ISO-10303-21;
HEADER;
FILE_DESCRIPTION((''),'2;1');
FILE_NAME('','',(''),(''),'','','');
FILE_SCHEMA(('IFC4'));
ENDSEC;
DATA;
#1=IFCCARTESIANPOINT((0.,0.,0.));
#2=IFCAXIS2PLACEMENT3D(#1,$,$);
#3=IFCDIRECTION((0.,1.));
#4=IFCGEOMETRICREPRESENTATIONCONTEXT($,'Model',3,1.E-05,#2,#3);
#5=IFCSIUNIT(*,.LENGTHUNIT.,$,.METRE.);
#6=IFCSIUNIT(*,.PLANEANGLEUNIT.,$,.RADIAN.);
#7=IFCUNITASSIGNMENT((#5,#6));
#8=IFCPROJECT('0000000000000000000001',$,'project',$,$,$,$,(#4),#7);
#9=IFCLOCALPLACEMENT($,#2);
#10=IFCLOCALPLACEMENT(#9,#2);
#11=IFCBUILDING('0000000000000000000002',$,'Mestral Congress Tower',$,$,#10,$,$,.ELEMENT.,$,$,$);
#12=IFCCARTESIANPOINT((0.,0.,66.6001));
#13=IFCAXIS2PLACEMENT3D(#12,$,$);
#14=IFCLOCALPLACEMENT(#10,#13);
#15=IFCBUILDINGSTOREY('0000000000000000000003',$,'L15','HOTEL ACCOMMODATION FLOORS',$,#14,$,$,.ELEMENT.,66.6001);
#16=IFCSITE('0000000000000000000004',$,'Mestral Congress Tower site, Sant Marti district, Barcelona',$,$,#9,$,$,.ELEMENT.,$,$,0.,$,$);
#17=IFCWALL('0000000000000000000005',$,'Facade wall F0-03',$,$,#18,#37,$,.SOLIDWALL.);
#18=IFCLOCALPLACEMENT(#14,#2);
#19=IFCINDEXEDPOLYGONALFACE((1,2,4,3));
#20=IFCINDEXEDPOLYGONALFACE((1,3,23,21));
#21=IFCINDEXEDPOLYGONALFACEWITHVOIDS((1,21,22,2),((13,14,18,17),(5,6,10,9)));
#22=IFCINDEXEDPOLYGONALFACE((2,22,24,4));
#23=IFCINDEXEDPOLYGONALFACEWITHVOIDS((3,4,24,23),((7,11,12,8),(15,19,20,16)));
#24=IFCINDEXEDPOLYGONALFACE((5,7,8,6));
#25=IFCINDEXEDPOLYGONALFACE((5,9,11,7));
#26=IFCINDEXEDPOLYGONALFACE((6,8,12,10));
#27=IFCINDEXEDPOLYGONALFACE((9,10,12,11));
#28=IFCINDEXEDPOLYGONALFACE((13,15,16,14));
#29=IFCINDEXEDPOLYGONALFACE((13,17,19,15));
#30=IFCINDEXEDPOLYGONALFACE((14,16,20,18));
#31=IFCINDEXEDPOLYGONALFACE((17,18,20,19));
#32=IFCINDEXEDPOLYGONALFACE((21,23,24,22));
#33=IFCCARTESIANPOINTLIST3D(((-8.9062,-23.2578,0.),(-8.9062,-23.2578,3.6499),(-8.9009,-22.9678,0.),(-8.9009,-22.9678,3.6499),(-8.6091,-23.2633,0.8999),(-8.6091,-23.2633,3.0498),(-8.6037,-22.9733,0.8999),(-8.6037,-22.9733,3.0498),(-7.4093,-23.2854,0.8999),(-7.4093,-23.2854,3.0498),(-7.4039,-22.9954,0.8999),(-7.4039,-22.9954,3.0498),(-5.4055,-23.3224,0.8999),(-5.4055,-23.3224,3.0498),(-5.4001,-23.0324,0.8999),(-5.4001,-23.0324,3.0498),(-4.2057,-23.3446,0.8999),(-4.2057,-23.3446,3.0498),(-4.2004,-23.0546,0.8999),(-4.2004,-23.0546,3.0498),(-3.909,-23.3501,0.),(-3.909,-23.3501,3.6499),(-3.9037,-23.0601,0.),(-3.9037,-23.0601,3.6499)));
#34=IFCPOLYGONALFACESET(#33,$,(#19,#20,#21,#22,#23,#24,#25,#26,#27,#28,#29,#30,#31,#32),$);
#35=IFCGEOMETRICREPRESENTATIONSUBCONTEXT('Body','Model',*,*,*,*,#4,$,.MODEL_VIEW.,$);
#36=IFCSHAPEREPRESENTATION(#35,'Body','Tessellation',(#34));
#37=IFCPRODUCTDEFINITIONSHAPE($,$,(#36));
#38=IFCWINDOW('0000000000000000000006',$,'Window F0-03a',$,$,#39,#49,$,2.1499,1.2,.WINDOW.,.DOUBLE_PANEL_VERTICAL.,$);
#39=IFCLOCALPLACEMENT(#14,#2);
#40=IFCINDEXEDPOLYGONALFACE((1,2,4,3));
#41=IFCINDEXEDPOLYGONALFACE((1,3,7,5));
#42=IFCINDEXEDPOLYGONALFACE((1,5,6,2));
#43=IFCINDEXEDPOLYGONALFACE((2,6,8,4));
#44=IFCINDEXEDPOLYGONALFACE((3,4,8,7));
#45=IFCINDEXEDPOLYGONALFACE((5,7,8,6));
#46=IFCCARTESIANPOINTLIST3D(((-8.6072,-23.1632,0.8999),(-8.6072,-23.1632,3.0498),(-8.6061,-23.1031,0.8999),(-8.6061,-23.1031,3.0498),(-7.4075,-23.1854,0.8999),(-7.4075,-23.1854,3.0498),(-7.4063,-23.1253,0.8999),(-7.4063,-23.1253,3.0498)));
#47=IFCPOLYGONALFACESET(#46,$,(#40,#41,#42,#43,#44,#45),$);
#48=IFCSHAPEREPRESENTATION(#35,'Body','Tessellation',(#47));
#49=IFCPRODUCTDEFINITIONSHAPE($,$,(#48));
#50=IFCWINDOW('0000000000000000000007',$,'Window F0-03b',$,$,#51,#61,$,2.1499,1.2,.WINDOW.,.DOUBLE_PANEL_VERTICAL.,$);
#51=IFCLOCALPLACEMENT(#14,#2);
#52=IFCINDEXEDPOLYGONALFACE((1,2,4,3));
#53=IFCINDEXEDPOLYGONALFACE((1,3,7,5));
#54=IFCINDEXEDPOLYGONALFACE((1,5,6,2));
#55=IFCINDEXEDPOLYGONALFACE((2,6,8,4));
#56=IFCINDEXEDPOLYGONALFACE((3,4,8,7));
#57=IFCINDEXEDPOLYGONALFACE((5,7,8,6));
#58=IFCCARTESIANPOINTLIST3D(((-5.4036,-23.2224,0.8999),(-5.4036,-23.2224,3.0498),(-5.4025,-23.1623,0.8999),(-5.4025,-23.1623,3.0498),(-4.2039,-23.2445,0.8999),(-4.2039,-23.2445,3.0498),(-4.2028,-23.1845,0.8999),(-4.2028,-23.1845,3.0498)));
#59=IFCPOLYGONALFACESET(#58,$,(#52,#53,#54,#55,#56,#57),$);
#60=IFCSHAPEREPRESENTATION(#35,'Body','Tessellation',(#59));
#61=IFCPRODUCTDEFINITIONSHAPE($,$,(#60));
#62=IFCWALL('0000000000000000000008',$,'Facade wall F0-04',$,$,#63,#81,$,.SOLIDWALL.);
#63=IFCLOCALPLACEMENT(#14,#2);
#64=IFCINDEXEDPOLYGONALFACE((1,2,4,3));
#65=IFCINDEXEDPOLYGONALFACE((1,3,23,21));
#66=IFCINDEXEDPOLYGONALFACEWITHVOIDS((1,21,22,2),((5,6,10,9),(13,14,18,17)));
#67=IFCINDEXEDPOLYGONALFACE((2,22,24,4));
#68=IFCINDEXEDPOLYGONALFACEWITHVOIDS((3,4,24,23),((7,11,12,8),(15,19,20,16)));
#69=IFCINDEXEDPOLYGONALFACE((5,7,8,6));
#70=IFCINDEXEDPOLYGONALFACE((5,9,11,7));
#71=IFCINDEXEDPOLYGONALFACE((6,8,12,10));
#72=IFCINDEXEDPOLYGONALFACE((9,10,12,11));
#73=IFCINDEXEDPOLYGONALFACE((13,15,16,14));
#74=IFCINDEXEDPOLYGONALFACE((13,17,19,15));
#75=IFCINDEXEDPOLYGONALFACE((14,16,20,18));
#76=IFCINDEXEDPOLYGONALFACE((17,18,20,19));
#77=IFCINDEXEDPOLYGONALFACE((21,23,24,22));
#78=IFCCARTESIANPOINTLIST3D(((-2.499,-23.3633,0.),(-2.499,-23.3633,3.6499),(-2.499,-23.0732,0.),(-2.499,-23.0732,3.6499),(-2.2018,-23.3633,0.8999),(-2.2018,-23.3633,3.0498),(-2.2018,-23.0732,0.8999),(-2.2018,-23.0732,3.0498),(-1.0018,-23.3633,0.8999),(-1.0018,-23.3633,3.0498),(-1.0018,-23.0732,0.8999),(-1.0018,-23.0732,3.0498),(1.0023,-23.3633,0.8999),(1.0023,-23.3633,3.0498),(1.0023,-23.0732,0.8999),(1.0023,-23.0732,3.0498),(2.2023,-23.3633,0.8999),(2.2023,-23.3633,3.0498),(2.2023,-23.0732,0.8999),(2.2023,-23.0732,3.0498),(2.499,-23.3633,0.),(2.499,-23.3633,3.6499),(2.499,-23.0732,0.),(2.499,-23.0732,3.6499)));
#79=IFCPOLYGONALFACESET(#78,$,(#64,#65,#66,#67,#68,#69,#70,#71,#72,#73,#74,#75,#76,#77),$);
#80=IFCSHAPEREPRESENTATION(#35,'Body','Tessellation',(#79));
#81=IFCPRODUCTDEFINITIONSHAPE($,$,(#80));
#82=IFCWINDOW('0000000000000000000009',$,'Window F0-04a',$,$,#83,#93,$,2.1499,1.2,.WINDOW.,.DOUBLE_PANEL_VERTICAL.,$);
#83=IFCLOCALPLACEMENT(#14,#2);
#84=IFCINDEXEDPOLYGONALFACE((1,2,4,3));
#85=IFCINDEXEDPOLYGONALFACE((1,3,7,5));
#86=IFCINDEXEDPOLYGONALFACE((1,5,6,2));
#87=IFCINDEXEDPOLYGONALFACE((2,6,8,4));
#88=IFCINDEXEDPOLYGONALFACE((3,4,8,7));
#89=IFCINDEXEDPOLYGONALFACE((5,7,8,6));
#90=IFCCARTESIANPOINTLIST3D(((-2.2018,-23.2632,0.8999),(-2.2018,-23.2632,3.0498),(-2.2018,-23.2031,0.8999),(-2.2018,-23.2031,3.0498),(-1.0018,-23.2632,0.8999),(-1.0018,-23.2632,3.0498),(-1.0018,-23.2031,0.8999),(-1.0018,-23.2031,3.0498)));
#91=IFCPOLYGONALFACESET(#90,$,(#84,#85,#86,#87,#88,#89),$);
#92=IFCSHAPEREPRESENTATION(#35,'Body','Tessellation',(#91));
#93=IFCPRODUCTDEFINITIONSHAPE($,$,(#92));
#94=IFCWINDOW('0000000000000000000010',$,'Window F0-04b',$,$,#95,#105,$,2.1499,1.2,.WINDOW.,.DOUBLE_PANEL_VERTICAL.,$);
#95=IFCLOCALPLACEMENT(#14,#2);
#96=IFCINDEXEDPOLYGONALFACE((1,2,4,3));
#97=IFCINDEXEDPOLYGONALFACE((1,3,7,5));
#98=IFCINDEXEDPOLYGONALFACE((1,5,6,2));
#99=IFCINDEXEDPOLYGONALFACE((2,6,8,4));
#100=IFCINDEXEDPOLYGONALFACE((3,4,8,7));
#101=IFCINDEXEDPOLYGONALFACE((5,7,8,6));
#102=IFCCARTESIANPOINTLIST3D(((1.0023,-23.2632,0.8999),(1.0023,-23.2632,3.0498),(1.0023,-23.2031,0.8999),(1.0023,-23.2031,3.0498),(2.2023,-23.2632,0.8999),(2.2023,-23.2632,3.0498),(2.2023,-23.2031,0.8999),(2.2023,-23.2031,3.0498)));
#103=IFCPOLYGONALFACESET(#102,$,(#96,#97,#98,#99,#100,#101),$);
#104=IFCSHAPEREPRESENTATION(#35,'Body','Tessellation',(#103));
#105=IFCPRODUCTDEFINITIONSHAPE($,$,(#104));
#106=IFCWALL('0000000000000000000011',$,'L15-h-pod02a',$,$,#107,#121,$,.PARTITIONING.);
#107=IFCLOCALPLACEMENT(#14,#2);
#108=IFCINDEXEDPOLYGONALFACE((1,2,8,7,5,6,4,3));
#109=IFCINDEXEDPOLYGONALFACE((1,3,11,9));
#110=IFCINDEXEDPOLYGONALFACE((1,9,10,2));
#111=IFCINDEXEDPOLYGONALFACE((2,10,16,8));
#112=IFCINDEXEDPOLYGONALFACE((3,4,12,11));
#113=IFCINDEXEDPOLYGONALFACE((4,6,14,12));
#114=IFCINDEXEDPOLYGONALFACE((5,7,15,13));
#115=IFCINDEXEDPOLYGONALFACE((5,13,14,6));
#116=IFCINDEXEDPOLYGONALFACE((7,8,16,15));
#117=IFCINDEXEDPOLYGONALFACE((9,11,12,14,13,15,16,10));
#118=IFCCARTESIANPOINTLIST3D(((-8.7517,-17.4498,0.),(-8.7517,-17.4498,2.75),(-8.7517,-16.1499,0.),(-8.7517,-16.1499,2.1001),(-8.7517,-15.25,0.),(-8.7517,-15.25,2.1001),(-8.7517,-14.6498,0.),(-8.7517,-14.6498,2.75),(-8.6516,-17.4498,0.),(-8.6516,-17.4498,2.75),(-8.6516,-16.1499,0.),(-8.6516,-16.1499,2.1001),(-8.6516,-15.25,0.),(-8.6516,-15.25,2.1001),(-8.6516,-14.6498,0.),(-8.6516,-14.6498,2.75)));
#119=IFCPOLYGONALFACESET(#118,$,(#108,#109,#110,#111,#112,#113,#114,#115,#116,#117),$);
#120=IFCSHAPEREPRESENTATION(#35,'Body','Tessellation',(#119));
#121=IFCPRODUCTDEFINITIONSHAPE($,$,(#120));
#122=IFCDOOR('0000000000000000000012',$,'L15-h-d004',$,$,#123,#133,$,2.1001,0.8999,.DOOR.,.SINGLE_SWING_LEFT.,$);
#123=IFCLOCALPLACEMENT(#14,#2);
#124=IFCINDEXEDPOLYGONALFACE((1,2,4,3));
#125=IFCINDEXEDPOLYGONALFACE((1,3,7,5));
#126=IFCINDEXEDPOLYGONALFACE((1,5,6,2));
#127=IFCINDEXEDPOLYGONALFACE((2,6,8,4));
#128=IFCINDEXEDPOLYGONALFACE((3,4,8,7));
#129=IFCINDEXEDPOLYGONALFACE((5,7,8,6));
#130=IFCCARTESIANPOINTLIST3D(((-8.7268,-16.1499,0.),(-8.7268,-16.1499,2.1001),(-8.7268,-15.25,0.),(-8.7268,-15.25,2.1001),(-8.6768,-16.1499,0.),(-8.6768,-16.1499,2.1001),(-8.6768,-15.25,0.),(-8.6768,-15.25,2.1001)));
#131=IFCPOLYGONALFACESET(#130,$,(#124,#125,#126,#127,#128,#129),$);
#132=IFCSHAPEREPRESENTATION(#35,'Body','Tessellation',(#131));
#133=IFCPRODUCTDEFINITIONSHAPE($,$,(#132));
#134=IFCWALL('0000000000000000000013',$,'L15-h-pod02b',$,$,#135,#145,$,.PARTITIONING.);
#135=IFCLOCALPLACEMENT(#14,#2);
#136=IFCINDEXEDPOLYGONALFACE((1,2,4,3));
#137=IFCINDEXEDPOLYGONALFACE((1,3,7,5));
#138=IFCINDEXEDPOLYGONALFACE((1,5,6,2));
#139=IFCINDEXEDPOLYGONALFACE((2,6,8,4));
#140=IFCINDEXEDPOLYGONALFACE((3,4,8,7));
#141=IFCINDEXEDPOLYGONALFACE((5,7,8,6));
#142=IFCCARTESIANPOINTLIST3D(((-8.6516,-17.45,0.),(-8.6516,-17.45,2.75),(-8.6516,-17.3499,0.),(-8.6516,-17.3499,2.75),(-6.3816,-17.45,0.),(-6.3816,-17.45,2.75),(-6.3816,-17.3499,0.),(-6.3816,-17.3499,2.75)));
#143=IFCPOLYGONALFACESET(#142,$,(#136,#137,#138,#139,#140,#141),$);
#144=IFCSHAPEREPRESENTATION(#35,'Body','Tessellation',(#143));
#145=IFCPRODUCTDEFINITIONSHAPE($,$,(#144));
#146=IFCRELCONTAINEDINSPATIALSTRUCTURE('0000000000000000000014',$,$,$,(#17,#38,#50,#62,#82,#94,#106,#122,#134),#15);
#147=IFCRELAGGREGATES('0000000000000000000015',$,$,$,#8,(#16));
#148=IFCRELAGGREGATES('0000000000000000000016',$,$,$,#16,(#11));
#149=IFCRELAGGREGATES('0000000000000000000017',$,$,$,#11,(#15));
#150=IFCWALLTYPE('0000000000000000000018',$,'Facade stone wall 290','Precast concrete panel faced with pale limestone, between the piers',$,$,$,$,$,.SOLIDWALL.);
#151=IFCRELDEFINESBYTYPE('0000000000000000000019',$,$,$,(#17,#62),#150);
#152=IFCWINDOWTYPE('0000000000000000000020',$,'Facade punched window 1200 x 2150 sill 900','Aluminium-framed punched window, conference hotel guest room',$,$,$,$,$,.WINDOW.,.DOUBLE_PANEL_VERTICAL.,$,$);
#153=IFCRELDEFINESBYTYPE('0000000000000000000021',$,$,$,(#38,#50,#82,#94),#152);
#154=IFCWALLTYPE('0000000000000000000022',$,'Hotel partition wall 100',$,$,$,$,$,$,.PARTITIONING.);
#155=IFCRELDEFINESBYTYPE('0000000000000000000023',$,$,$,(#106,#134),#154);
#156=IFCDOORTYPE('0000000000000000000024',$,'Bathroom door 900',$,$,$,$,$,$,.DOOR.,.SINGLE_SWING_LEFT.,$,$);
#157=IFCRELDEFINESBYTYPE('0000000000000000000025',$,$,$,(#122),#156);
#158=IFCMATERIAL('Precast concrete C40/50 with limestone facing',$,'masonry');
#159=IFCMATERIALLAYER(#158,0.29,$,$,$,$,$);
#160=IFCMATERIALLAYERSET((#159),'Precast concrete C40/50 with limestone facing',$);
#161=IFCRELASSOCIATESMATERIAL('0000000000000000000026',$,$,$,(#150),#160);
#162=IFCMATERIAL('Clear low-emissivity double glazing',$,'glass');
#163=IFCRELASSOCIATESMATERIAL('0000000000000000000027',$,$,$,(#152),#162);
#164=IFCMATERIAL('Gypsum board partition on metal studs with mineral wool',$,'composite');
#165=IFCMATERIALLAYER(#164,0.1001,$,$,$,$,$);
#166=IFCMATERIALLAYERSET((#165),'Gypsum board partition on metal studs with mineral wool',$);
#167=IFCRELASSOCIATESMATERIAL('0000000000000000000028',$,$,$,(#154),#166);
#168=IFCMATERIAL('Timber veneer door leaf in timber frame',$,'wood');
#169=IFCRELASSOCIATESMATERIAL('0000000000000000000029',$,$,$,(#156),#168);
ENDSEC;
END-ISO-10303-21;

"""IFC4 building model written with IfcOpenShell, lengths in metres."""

from ifc_helpers import new_model, si_unit, direction, frame, frame_2d, origin, place, context, subcontext, project, spatial, rectangle, extrude, material, layer, layer_set, type_object, element, fill, save


model = new_model("IFC4")

# Units and contexts
model_context = context("Model", 3, precision=1e-05, world=origin(), true_north=direction((0.0, 1.0)))
body_context = subcontext(model_context, "Body", "Model", "MODEL_VIEW")
ifc_project = project(units=[si_unit("LENGTHUNIT", "METRE"), si_unit("PLANEANGLEUNIT", "RADIAN")], contexts=[model_context])

# Site, building, storey
site_placement = place(None, origin())
site = spatial("IfcSite", under=ifc_project, at=site_placement, Name="Mestral Congress Tower site, Sant Marti district, Barcelona", CompositionType="ELEMENT", RefElevation=0.0)
building_placement = place(site_placement, origin())
building = spatial("IfcBuilding", under=site, at=building_placement, Name="Mestral Congress Tower", CompositionType="ELEMENT")
storey_placement = place(building_placement, frame((0.0, 0.0, 66.6001)))
storey = spatial("IfcBuildingStorey", under=building, at=storey_placement, Name="L15", Description="HOTEL ACCOMMODATION FLOORS", CompositionType="ELEMENT", Elevation=66.6001)

# Walls, openings, windows
ifc_material_1 = material(Name="Precast concrete C40/50 with limestone facing", Category="masonry")
ifc_layer_1 = layer(ifc_material_1, 0.29)
ifc_layer_set_1 = layer_set([ifc_layer_1], Name="Precast concrete C40/50 with limestone facing")
wall_type_1 = type_object("IfcWallType", Name="Facade stone wall 290", Description="Precast concrete panel faced with pale limestone, between the piers", PredefinedType="SOLIDWALL", material=ifc_layer_set_1)
wall_1_placement = place(storey_placement, frame((-8.9036, -23.1128, 0.0), z_axis=(0.0, 0.0, 1.0), x_axis=(0.99983, -0.018464, 0.0)))
wall_1 = element("IfcWall", 1, at=wall_1_placement, inside=storey, type_object=wall_type_1, Name="Facade wall F0-03", PredefinedType="SOLIDWALL", context=body_context, shape_type="SweptSolid", body=[
    extrude(rectangle(XDim=4.998, YDim=0.29, at=frame_2d((2.499, 0.0))), origin(), (0.0, 0.0, 1.0), 3.6499),
])
opening_1_placement = place(wall_1_placement, frame((0.2971, 0.0, 0.8999)))
opening_1 = element("IfcOpeningElement", 2, at=opening_1_placement, cuts=wall_1, PredefinedType="OPENING", context=body_context, shape_type="SweptSolid", body=[
    extrude(rectangle(XDim=1.2, YDim=2.1499, at=frame_2d((0.6001, 1.075))), frame((0.0, 0.155, 0.0), z_axis=(0.0, -1.0, 0.0), x_axis=(1.0, 0.0, 0.0)), (0.0, 0.0, 1.0), 0.3101),
])
opening_2_placement = place(wall_1_placement, frame((3.5012, 0.0, 0.8999)))
opening_2 = element("IfcOpeningElement", 3, at=opening_2_placement, cuts=wall_1, PredefinedType="OPENING", context=body_context, shape_type="SweptSolid", body=[
    extrude(rectangle(XDim=1.2, YDim=2.1499, at=frame_2d((0.6001, 1.075))), frame((0.0, 0.155, 0.0), z_axis=(0.0, -1.0, 0.0), x_axis=(1.0, 0.0, 0.0)), (0.0, 0.0, 1.0), 0.3101),
])
ifc_material_2 = material(Name="Clear low-emissivity double glazing", Category="glass")
window_type = type_object("IfcWindowType", Name="Facade punched window 1200 x 2150 sill 900", Description="Aluminium-framed punched window, conference hotel guest room", PartitioningType="DOUBLE_PANEL_VERTICAL", PredefinedType="WINDOW", material=ifc_material_2)
window_1_placement = place(opening_1_placement, origin())
window_1 = element("IfcWindow", 4, at=window_1_placement, inside=storey, type_object=window_type, Name="Window F0-03a", OverallHeight=2.1499, OverallWidth=1.2, PartitioningType="DOUBLE_PANEL_VERTICAL", PredefinedType="WINDOW", context=body_context, shape_type="SweptSolid", body=[
    extrude(rectangle(XDim=1.2, YDim=2.1499, at=frame_2d((0.6001, 1.075))), frame((0.0, 0.0151, 0.0), z_axis=(0.0, -1.0, 0.0), x_axis=(1.0, 0.0, 0.0)), (0.0, 0.0, 1.0), 0.0601),
])
fill(opening_1, window_1)
window_2_placement = place(opening_2_placement, origin())
window_2 = element("IfcWindow", 5, at=window_2_placement, inside=storey, type_object=window_type, Name="Window F0-03b", OverallHeight=2.1499, OverallWidth=1.2, PartitioningType="DOUBLE_PANEL_VERTICAL", PredefinedType="WINDOW", context=body_context, shape_type="SweptSolid", body=[
    extrude(rectangle(XDim=1.2, YDim=2.1499, at=frame_2d((0.6001, 1.075))), frame((0.0, 0.0151, 0.0), z_axis=(0.0, -1.0, 0.0), x_axis=(1.0, 0.0, 0.0)), (0.0, 0.0, 1.0), 0.0601),
])
fill(opening_2, window_2)
wall_2_placement = place(storey_placement, frame((-2.499, -23.2183, 0.0), z_axis=(0.0, 0.0, 1.0), x_axis=(1.0, 0.0, 0.0)))
wall_2 = element("IfcWall", 6, at=wall_2_placement, inside=storey, type_object=wall_type_1, Name="Facade wall F0-04", PredefinedType="SOLIDWALL", context=body_context, shape_type="SweptSolid", body=[
    extrude(rectangle(XDim=4.998, YDim=0.29, at=frame_2d((2.499, 0.0))), origin(), (0.0, 0.0, 1.0), 3.6499),
])
opening_3_placement = place(wall_2_placement, frame((0.2971, 0.0, 0.8999)))
opening_3 = element("IfcOpeningElement", 7, at=opening_3_placement, cuts=wall_2, PredefinedType="OPENING", context=body_context, shape_type="SweptSolid", body=[
    extrude(rectangle(XDim=1.2, YDim=2.1499, at=frame_2d((0.6001, 1.075))), frame((0.0, 0.155, 0.0), z_axis=(0.0, -1.0, 0.0), x_axis=(1.0, 0.0, 0.0)), (0.0, 0.0, 1.0), 0.3101),
])
opening_4_placement = place(wall_2_placement, frame((3.5012, 0.0, 0.8999)))
opening_4 = element("IfcOpeningElement", 8, at=opening_4_placement, cuts=wall_2, PredefinedType="OPENING", context=body_context, shape_type="SweptSolid", body=[
    extrude(rectangle(XDim=1.2, YDim=2.1499, at=frame_2d((0.6001, 1.075))), frame((0.0, 0.155, 0.0), z_axis=(0.0, -1.0, 0.0), x_axis=(1.0, 0.0, 0.0)), (0.0, 0.0, 1.0), 0.3101),
])
window_3_placement = place(opening_3_placement, origin())
window_3 = element("IfcWindow", 9, at=window_3_placement, inside=storey, type_object=window_type, Name="Window F0-04a", OverallHeight=2.1499, OverallWidth=1.2, PartitioningType="DOUBLE_PANEL_VERTICAL", PredefinedType="WINDOW", context=body_context, shape_type="SweptSolid", body=[
    extrude(rectangle(XDim=1.2, YDim=2.1499, at=frame_2d((0.6001, 1.075))), frame((0.0, 0.0151, 0.0), z_axis=(0.0, -1.0, 0.0), x_axis=(1.0, 0.0, 0.0)), (0.0, 0.0, 1.0), 0.0601),
])
fill(opening_3, window_3)
window_4_placement = place(opening_4_placement, origin())
window_4 = element("IfcWindow", 10, at=window_4_placement, inside=storey, type_object=window_type, Name="Window F0-04b", OverallHeight=2.1499, OverallWidth=1.2, PartitioningType="DOUBLE_PANEL_VERTICAL", PredefinedType="WINDOW", context=body_context, shape_type="SweptSolid", body=[
    extrude(rectangle(XDim=1.2, YDim=2.1499, at=frame_2d((0.6001, 1.075))), frame((0.0, 0.0151, 0.0), z_axis=(0.0, -1.0, 0.0), x_axis=(1.0, 0.0, 0.0)), (0.0, 0.0, 1.0), 0.0601),
])
fill(opening_4, window_4)

# Wall, opening, door
ifc_material_3 = material(Name="Gypsum board partition on metal studs with mineral wool", Category="composite")
ifc_layer_2 = layer(ifc_material_3, 0.1001)
ifc_layer_set_2 = layer_set([ifc_layer_2], Name="Gypsum board partition on metal studs with mineral wool")
wall_type_2 = type_object("IfcWallType", Name="Hotel partition wall 100", PredefinedType="PARTITIONING", material=ifc_layer_set_2)
wall_3_placement = place(storey_placement, frame((-8.7017, -14.6499, 0.0), z_axis=(0.0, 0.0, 1.0), x_axis=(0.0, -1.0, 0.0)))
wall_3 = element("IfcWall", 11, at=wall_3_placement, inside=storey, type_object=wall_type_2, Name="L15-h-pod02a", PredefinedType="PARTITIONING", context=body_context, shape_type="SweptSolid", body=[
    extrude(rectangle(XDim=2.8, YDim=0.1001, at=frame_2d((1.3999, 0.0))), origin(), (0.0, 0.0, 1.0), 2.75),
])
opening_5_placement = place(wall_3_placement, frame((0.6001, 0.0, 0.0)))
opening_5 = element("IfcOpeningElement", 12, at=opening_5_placement, cuts=wall_3, PredefinedType="OPENING", context=body_context, shape_type="SweptSolid", body=[
    extrude(rectangle(XDim=0.8999, YDim=2.1001, at=frame_2d((0.45, 1.05))), frame((0.0, 0.0601, 0.0), z_axis=(0.0, -1.0, 0.0), x_axis=(1.0, 0.0, 0.0)), (0.0, 0.0, 1.0), 0.1201),
])
ifc_material_4 = material(Name="Timber veneer door leaf in timber frame", Category="wood")
door_type = type_object("IfcDoorType", Name="Bathroom door 900", OperationType="SINGLE_SWING_LEFT", PredefinedType="DOOR", material=ifc_material_4)
door_1_placement = place(opening_5_placement, origin())
door_1 = element("IfcDoor", 13, at=door_1_placement, inside=storey, type_object=door_type, Name="L15-h-d004", OperationType="SINGLE_SWING_LEFT", OverallHeight=2.1001, OverallWidth=0.8999, PredefinedType="DOOR", context=body_context, shape_type="SweptSolid", body=[
    extrude(rectangle(XDim=0.8999, YDim=2.1001, at=frame_2d((0.45, 1.05))), frame((0.0, 0.0249, 0.0), z_axis=(0.0, -1.0, 0.0), x_axis=(1.0, 0.0, 0.0)), (0.0, 0.0, 1.0), 0.05),
])
fill(opening_5, door_1)

# Wall
wall_4_placement = place(storey_placement, frame((-8.6516, -17.3999, 0.0), z_axis=(0.0, 0.0, 1.0), x_axis=(1.0, 0.0, 0.0)))
element("IfcWall", 14, at=wall_4_placement, inside=storey, type_object=wall_type_2, Name="L15-h-pod02b", PredefinedType="PARTITIONING", context=body_context, shape_type="SweptSolid", body=[
    extrude(rectangle(XDim=2.27, YDim=0.1001, at=frame_2d((1.135, 0.0))), origin(), (0.0, 0.0, 1.0), 2.75),
])

save(model, "model.ifc")
